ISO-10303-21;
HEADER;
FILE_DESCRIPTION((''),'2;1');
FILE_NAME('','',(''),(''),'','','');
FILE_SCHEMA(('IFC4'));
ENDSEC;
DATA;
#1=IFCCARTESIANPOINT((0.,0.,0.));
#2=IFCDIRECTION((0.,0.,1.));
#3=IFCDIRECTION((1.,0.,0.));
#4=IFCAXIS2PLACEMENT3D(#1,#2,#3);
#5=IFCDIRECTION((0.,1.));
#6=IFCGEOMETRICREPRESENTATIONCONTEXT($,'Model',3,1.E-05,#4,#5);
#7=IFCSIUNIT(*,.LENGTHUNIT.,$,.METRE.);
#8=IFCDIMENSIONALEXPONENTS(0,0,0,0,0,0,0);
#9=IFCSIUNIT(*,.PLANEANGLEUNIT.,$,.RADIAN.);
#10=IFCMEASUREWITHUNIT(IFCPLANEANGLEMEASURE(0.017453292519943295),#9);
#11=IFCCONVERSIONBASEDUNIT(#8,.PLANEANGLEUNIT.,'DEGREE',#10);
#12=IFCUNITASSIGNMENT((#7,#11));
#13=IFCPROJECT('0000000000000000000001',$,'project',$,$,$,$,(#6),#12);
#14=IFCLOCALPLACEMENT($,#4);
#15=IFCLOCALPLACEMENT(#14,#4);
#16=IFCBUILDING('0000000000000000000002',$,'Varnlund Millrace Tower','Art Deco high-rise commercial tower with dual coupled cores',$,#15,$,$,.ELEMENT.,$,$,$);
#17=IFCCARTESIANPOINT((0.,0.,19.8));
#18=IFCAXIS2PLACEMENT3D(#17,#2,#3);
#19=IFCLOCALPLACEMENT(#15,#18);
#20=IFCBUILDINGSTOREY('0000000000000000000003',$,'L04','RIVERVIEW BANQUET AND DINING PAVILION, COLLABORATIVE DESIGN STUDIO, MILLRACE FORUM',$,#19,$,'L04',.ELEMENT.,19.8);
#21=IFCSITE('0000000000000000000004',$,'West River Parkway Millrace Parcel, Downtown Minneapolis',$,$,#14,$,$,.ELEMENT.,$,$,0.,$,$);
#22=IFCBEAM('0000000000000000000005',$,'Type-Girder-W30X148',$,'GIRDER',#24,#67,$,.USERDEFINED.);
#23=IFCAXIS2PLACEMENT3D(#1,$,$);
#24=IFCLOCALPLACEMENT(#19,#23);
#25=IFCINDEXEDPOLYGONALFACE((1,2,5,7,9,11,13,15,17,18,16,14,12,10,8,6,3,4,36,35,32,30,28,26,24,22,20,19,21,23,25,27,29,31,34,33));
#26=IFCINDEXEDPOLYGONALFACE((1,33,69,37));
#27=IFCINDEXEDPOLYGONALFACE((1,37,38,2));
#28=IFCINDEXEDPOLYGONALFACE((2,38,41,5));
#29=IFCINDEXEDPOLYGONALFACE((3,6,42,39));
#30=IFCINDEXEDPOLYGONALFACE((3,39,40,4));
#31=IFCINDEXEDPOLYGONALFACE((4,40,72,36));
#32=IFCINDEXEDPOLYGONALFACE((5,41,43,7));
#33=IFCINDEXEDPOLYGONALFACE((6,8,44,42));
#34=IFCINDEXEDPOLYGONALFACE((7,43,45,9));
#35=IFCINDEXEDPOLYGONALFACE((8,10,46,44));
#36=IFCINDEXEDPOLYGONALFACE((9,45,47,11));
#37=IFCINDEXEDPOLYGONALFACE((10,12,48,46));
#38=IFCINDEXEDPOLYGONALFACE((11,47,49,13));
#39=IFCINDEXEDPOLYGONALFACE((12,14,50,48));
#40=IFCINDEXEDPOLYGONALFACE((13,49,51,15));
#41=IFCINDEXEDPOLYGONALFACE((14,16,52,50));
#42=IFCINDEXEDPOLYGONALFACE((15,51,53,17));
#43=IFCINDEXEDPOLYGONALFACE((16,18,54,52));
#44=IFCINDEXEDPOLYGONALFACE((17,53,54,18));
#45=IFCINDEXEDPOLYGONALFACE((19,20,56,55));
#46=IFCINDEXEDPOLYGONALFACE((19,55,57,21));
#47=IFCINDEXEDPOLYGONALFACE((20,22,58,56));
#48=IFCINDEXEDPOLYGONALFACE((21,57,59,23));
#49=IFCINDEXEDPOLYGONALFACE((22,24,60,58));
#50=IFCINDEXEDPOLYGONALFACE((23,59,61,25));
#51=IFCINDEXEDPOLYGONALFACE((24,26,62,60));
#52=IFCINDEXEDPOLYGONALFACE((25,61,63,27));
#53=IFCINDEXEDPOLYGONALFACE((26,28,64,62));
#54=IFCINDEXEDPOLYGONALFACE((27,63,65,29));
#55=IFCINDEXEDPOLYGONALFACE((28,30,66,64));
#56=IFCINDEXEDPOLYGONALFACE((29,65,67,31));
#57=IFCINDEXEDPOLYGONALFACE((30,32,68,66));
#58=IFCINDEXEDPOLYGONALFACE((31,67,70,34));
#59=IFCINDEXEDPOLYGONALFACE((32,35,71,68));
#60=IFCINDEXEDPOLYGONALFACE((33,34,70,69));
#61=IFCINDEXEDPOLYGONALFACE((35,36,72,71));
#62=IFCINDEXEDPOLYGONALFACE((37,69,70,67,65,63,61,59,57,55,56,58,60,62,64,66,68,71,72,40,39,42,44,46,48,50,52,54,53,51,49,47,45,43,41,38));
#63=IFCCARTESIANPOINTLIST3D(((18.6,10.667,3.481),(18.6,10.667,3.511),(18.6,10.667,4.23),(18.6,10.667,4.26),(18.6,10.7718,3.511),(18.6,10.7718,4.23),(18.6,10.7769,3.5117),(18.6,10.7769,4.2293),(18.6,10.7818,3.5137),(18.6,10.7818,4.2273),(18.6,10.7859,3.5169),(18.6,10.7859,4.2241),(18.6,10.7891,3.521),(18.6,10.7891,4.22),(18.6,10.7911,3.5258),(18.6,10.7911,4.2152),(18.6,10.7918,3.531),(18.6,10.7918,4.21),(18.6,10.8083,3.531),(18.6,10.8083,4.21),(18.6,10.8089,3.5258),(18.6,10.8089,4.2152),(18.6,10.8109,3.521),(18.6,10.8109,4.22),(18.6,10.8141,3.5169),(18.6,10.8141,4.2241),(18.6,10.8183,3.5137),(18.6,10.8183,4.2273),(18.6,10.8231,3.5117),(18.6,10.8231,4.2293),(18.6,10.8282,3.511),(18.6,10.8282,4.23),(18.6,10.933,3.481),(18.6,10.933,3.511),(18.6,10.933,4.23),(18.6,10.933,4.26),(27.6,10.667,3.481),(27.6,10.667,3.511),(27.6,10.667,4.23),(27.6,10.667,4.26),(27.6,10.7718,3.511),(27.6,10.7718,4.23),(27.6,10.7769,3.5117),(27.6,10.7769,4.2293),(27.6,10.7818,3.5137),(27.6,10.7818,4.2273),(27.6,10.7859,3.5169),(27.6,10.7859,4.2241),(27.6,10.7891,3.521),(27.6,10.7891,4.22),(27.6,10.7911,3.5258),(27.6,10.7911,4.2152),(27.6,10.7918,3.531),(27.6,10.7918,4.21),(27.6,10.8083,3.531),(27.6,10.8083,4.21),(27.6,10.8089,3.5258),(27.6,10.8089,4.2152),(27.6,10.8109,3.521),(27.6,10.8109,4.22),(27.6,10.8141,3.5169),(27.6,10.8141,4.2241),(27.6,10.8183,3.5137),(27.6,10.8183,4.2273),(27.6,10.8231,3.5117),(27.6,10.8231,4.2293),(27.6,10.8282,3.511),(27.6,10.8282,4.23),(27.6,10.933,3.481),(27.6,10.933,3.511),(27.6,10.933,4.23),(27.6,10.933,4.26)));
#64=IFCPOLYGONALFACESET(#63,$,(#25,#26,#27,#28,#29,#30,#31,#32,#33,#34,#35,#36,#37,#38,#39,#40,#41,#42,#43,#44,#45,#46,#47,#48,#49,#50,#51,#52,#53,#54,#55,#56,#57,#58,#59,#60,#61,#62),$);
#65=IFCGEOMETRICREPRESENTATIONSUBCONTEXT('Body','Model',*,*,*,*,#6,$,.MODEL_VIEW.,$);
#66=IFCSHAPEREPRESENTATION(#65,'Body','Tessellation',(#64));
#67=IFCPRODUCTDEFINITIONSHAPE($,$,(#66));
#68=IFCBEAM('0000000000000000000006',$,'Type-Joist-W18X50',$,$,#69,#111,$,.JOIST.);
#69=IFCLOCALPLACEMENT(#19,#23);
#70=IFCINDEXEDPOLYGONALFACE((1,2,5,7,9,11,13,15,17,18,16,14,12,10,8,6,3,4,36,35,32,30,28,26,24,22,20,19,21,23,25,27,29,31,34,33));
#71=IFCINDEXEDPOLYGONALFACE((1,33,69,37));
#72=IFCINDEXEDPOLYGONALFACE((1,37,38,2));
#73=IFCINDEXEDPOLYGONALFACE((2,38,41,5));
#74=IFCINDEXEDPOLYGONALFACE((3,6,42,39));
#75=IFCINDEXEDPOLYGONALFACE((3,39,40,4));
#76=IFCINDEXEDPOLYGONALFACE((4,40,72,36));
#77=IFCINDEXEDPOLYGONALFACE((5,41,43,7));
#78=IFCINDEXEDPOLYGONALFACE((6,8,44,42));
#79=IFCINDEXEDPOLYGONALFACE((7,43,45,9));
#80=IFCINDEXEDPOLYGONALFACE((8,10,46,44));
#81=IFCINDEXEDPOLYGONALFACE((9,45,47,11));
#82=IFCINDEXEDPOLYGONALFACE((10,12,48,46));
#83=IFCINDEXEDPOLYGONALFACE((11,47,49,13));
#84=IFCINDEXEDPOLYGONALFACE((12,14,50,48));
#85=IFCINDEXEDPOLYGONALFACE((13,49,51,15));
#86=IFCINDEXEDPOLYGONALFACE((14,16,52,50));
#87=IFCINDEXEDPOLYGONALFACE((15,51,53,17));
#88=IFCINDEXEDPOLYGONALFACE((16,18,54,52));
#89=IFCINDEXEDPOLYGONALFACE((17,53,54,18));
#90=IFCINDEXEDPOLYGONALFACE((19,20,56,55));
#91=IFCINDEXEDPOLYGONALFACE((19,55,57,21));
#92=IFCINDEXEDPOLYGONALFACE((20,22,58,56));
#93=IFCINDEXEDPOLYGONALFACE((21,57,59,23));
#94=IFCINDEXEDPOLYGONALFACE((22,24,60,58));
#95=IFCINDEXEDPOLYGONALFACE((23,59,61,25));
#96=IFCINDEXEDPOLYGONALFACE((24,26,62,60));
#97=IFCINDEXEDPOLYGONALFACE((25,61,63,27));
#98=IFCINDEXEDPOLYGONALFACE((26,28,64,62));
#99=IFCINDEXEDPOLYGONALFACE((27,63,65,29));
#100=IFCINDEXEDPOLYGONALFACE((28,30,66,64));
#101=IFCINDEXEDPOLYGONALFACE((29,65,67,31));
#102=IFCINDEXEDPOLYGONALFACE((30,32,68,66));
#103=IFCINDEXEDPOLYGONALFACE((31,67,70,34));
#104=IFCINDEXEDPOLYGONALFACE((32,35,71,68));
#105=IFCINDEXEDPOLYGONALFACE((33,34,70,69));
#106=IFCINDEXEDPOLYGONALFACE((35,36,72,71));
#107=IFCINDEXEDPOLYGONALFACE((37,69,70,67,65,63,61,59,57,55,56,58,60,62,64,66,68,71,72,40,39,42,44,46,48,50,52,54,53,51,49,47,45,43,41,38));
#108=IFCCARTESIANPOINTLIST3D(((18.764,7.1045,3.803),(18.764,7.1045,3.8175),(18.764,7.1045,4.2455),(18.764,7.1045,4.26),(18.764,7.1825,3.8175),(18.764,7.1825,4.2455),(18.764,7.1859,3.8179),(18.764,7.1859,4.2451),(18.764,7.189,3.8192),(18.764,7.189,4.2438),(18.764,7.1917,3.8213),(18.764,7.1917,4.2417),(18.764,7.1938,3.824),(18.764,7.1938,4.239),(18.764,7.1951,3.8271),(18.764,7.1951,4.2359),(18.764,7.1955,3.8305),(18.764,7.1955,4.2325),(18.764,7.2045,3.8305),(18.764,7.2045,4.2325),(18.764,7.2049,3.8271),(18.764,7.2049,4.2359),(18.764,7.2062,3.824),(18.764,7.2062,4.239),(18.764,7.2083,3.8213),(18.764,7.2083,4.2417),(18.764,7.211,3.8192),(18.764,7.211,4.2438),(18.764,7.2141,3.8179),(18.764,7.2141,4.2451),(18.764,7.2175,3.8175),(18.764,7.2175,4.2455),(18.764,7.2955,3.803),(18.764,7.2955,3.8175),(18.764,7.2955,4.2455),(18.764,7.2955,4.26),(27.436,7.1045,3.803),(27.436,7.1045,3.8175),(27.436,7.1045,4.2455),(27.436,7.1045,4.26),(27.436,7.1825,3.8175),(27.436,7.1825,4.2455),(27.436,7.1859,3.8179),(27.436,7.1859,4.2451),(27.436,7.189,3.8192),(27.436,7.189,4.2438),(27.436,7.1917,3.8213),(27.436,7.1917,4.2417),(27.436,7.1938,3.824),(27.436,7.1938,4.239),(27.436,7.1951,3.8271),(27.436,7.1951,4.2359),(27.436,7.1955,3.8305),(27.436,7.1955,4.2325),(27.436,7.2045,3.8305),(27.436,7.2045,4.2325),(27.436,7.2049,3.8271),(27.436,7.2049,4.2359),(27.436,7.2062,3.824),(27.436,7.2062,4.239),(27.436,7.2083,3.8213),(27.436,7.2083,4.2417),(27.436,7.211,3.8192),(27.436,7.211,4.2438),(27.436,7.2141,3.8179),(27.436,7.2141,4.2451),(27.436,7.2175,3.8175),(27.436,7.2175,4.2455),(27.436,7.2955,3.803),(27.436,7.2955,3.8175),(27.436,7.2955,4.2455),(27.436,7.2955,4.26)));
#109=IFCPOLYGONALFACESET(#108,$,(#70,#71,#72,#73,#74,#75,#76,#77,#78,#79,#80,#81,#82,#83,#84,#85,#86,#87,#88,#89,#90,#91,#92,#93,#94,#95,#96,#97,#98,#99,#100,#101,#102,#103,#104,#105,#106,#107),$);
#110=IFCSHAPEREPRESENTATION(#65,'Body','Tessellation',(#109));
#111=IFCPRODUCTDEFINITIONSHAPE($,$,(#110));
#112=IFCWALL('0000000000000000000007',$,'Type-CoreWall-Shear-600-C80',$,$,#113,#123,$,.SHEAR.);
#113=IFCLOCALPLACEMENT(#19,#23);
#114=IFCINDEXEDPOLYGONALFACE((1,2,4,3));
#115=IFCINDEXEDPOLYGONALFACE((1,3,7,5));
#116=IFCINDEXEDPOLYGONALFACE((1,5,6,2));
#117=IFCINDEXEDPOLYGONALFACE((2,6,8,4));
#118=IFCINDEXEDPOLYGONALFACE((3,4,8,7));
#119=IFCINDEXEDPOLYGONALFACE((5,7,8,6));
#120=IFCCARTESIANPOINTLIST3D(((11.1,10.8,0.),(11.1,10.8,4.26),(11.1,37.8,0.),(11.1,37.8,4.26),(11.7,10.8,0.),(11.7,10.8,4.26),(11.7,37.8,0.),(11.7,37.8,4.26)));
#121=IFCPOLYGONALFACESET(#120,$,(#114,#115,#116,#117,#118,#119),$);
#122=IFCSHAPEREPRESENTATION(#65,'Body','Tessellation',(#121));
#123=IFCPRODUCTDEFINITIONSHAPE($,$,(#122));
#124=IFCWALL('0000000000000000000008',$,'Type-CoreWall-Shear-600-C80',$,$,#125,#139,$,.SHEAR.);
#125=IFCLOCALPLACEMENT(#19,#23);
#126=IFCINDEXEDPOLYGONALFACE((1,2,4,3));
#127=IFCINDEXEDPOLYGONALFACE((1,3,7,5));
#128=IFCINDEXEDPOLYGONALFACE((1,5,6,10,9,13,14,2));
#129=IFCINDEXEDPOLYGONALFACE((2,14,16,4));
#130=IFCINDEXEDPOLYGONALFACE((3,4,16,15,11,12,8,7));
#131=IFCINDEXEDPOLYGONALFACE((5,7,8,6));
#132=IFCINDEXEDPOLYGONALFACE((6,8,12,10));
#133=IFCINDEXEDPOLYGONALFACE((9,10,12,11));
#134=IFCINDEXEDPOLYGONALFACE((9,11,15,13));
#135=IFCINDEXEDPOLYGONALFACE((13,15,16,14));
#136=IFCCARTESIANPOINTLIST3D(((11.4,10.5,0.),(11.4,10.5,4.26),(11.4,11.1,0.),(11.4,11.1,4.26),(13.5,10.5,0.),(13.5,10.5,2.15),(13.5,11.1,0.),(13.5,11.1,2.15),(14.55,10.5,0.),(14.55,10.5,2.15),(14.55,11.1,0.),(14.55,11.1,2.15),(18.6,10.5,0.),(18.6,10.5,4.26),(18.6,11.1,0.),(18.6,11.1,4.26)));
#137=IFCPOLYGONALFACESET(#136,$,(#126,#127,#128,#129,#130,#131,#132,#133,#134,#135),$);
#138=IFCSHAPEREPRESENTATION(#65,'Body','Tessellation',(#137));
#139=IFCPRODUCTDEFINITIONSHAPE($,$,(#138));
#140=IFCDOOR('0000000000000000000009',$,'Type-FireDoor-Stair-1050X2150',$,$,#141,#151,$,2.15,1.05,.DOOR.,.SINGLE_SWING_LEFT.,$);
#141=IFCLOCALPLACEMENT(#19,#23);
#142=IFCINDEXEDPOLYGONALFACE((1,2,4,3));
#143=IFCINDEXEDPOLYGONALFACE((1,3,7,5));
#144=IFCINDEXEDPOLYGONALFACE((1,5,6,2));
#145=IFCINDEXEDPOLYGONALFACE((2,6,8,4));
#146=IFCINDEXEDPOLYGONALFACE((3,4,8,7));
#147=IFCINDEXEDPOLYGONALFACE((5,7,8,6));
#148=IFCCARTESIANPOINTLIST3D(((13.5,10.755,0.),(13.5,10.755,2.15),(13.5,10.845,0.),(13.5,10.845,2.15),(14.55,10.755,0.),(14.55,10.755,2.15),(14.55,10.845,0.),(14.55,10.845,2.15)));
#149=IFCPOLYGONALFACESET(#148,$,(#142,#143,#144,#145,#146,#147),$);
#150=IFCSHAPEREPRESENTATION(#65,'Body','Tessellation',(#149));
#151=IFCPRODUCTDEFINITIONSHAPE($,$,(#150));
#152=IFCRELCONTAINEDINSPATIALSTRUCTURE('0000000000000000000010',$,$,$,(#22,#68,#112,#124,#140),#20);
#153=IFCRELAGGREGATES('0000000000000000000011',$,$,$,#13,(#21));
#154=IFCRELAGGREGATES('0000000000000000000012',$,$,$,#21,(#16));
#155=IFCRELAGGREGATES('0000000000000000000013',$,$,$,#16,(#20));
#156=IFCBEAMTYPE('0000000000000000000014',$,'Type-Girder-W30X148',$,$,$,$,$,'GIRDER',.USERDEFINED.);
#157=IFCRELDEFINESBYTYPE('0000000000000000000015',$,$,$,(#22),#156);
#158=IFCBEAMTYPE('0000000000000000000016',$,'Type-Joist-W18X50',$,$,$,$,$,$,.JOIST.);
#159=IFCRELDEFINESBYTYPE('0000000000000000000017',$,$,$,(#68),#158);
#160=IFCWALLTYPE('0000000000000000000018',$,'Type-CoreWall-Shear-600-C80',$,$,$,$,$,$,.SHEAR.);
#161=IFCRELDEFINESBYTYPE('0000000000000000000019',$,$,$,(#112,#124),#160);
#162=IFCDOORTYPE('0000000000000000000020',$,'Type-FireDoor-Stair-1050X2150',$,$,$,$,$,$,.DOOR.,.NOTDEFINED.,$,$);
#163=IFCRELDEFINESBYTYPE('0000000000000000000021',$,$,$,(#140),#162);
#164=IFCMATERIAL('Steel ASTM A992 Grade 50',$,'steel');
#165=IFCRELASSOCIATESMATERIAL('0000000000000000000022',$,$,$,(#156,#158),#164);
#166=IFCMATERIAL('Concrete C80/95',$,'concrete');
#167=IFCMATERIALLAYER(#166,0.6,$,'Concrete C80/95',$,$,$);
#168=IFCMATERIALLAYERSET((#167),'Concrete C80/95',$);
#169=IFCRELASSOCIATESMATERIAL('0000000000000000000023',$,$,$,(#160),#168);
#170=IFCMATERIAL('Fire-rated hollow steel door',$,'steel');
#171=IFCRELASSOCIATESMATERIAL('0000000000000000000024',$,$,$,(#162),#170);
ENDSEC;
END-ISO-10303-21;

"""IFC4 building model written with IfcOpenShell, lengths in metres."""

from ifc_helpers import new_model, entity, si_unit, converted_unit, direction, frame, origin_with_axes, origin_2d_with_axis, place, context, subcontext, project, spatial, polyline, rectangle, i_section, outline, extrude, material, layer, layer_set, material_profile, profile_set, type_object, element, fill, save


model = new_model("IFC4")

# Units and contexts
model_context = context("Model", 3, precision=1e-05, world=origin_with_axes(), true_north=direction((0.0, 1.0)))
body_context = subcontext(model_context, "Body", "Model", "MODEL_VIEW")
ifc_project = project(units=[si_unit("LENGTHUNIT", "METRE"), converted_unit("PLANEANGLEUNIT", "DEGREE", entity("IfcPlaneAngleMeasure", 0.017453292519943295), si_unit("PLANEANGLEUNIT", "RADIAN"), dimensions=[0, 0, 0, 0, 0, 0, 0])], contexts=[model_context])

# Site, building, storey
site_placement = place(None, origin_with_axes())
site = spatial("IfcSite", under=ifc_project, at=site_placement, Name="West River Parkway Millrace Parcel, Downtown Minneapolis", CompositionType="ELEMENT", RefElevation=0.0)
building_placement = place(site_placement, origin_with_axes())
building = spatial("IfcBuilding", under=site, at=building_placement, Name="Varnlund Millrace Tower", Description="Art Deco high-rise commercial tower with dual coupled cores", CompositionType="ELEMENT")
storey_placement = place(building_placement, frame((0.0, 0.0, 19.8), z_axis=(0.0, 0.0, 1.0), x_axis=(1.0, 0.0, 0.0)))
storey = spatial("IfcBuildingStorey", under=building, at=storey_placement, Name="L04", Description="RIVERVIEW BANQUET AND DINING PAVILION, COLLABORATIVE DESIGN STUDIO, MILLRACE FORUM", LongName="L04", CompositionType="ELEMENT", Elevation=19.8)

# Shared definitions
ifc_material_1 = material(Name="Concrete C80/95", Category="concrete")

# Beams
ifc_material_2 = material(Name="Steel ASTM A992 Grade 50", Category="steel")
ifc_material_profile_1 = material_profile(ifc_material_2, i_section(OverallWidth=0.266, OverallDepth=0.779, WebThickness=0.0165, FlangeThickness=0.03, FilletRadius=0.02, at=origin_2d_with_axis()), Name="Steel ASTM A992 Grade 50")
ifc_profile_set_1 = profile_set([ifc_material_profile_1], Name="Steel ASTM A992 Grade 50")
beam_type_1 = type_object("IfcBeamType", Name="Type-Girder-W30X148", ElementType="GIRDER", PredefinedType="USERDEFINED", material=ifc_profile_set_1)
beam_1_placement = place(storey_placement, frame((18.6, 10.8, 3.8705), z_axis=(1.0, 0.0, 0.0), x_axis=(0.0, 1.0, 0.0)))
element("IfcBeam", 1, at=beam_1_placement, inside=storey, type_object=beam_type_1, Name="Type-Girder-W30X148", ObjectType="GIRDER", PredefinedType="USERDEFINED", context=body_context, shape_type="SweptSolid", body=[
    extrude(i_section(OverallWidth=0.266, OverallDepth=0.779, WebThickness=0.0165, FlangeThickness=0.03, FilletRadius=0.02, at=origin_2d_with_axis()), origin_with_axes(), (0.0, 0.0, 1.0), 9.0),
])
ifc_material_profile_2 = material_profile(ifc_material_2, i_section(OverallWidth=0.191, OverallDepth=0.457, WebThickness=0.009, FlangeThickness=0.0145, FilletRadius=0.013, at=origin_2d_with_axis()), Name="Steel ASTM A992 Grade 50")
ifc_profile_set_2 = profile_set([ifc_material_profile_2], Name="Steel ASTM A992 Grade 50")
beam_type_2 = type_object("IfcBeamType", Name="Type-Joist-W18X50", PredefinedType="JOIST", material=ifc_profile_set_2)
beam_2_placement = place(storey_placement, frame((18.764, 7.2, 4.0315), z_axis=(1.0, 0.0, 0.0), x_axis=(0.0, 1.0, 0.0)))
element("IfcBeam", 2, at=beam_2_placement, inside=storey, type_object=beam_type_2, Name="Type-Joist-W18X50", PredefinedType="JOIST", context=body_context, shape_type="SweptSolid", body=[
    extrude(i_section(OverallWidth=0.191, OverallDepth=0.457, WebThickness=0.009, FlangeThickness=0.0145, FilletRadius=0.013, at=origin_2d_with_axis()), origin_with_axes(), (0.0, 0.0, 1.0), 8.672),
])

# Wall
ifc_layer_1 = layer(ifc_material_1, 0.6, Name="Concrete C80/95")
ifc_layer_set_1 = layer_set([ifc_layer_1], Name="Concrete C80/95")
wall_type_1 = type_object("IfcWallType", Name="Type-CoreWall-Shear-600-C80", PredefinedType="SHEAR", material=ifc_layer_set_1)
wall_1_placement = place(storey_placement, frame((11.4, 10.8, 0.0), z_axis=(0.0, 0.0, 1.0), x_axis=(0.0, 1.0, 0.0)))
element("IfcWall", 3, at=wall_1_placement, inside=storey, type_object=wall_type_1, Name="Type-CoreWall-Shear-600-C80", PredefinedType="SHEAR", context=body_context, shape_type="SweptSolid", body=[
    extrude(outline(polyline([(0.0, -0.3), (27.0, -0.3), (27.0, 0.3), (0.0, 0.3), (0.0, -0.3)])), origin_with_axes(), (0.0, 0.0, 1.0), 4.26),
])

# Wall, opening, door
wall_2_placement = place(storey_placement, frame((11.4, 10.8, 0.0), z_axis=(0.0, 0.0, 1.0), x_axis=(1.0, 0.0, 0.0)))
wall_2 = element("IfcWall", 4, at=wall_2_placement, inside=storey, type_object=wall_type_1, Name="Type-CoreWall-Shear-600-C80", PredefinedType="SHEAR", context=body_context, shape_type="SweptSolid", body=[
    extrude(outline(polyline([(0.0, -0.3), (7.2, -0.3), (7.2, 0.3), (0.0, 0.3), (0.0, -0.3)])), origin_with_axes(), (0.0, 0.0, 1.0), 4.26),
])
opening_1_placement = place(wall_2_placement, frame((2.625, 0.0, 0.0), z_axis=(0.0, 0.0, 1.0), x_axis=(1.0, 0.0, 0.0)))
opening_1 = element("IfcOpeningElement", 5, at=opening_1_placement, cuts=wall_2, PredefinedType="OPENING", context=body_context, shape_type="SweptSolid", body=[
    extrude(rectangle(XDim=1.05, YDim=0.62, at=origin_2d_with_axis()), origin_with_axes(), (0.0, 0.0, 1.0), 2.15),
])
ifc_material_3 = material(Name="Fire-rated hollow steel door", Category="steel")
door_type_1 = type_object("IfcDoorType", Name="Type-FireDoor-Stair-1050X2150", OperationType="NOTDEFINED", PredefinedType="DOOR", material=ifc_material_3)
door_1_placement = place(wall_2_placement, frame((2.625, 0.0, 0.0), z_axis=(0.0, 0.0, 1.0), x_axis=(1.0, 0.0, 0.0)))
door_1 = element("IfcDoor", 6, at=door_1_placement, inside=storey, type_object=door_type_1, Name="Type-FireDoor-Stair-1050X2150", OperationType="SINGLE_SWING_LEFT", OverallHeight=2.15, OverallWidth=1.05, PredefinedType="DOOR", context=body_context, shape_type="SweptSolid", body=[
    extrude(rectangle(XDim=1.05, YDim=0.09, at=origin_2d_with_axis()), origin_with_axes(), (0.0, 0.0, 1.0), 2.15),
])
fill(opening_1, door_1)

save(model, "model.ifc")
